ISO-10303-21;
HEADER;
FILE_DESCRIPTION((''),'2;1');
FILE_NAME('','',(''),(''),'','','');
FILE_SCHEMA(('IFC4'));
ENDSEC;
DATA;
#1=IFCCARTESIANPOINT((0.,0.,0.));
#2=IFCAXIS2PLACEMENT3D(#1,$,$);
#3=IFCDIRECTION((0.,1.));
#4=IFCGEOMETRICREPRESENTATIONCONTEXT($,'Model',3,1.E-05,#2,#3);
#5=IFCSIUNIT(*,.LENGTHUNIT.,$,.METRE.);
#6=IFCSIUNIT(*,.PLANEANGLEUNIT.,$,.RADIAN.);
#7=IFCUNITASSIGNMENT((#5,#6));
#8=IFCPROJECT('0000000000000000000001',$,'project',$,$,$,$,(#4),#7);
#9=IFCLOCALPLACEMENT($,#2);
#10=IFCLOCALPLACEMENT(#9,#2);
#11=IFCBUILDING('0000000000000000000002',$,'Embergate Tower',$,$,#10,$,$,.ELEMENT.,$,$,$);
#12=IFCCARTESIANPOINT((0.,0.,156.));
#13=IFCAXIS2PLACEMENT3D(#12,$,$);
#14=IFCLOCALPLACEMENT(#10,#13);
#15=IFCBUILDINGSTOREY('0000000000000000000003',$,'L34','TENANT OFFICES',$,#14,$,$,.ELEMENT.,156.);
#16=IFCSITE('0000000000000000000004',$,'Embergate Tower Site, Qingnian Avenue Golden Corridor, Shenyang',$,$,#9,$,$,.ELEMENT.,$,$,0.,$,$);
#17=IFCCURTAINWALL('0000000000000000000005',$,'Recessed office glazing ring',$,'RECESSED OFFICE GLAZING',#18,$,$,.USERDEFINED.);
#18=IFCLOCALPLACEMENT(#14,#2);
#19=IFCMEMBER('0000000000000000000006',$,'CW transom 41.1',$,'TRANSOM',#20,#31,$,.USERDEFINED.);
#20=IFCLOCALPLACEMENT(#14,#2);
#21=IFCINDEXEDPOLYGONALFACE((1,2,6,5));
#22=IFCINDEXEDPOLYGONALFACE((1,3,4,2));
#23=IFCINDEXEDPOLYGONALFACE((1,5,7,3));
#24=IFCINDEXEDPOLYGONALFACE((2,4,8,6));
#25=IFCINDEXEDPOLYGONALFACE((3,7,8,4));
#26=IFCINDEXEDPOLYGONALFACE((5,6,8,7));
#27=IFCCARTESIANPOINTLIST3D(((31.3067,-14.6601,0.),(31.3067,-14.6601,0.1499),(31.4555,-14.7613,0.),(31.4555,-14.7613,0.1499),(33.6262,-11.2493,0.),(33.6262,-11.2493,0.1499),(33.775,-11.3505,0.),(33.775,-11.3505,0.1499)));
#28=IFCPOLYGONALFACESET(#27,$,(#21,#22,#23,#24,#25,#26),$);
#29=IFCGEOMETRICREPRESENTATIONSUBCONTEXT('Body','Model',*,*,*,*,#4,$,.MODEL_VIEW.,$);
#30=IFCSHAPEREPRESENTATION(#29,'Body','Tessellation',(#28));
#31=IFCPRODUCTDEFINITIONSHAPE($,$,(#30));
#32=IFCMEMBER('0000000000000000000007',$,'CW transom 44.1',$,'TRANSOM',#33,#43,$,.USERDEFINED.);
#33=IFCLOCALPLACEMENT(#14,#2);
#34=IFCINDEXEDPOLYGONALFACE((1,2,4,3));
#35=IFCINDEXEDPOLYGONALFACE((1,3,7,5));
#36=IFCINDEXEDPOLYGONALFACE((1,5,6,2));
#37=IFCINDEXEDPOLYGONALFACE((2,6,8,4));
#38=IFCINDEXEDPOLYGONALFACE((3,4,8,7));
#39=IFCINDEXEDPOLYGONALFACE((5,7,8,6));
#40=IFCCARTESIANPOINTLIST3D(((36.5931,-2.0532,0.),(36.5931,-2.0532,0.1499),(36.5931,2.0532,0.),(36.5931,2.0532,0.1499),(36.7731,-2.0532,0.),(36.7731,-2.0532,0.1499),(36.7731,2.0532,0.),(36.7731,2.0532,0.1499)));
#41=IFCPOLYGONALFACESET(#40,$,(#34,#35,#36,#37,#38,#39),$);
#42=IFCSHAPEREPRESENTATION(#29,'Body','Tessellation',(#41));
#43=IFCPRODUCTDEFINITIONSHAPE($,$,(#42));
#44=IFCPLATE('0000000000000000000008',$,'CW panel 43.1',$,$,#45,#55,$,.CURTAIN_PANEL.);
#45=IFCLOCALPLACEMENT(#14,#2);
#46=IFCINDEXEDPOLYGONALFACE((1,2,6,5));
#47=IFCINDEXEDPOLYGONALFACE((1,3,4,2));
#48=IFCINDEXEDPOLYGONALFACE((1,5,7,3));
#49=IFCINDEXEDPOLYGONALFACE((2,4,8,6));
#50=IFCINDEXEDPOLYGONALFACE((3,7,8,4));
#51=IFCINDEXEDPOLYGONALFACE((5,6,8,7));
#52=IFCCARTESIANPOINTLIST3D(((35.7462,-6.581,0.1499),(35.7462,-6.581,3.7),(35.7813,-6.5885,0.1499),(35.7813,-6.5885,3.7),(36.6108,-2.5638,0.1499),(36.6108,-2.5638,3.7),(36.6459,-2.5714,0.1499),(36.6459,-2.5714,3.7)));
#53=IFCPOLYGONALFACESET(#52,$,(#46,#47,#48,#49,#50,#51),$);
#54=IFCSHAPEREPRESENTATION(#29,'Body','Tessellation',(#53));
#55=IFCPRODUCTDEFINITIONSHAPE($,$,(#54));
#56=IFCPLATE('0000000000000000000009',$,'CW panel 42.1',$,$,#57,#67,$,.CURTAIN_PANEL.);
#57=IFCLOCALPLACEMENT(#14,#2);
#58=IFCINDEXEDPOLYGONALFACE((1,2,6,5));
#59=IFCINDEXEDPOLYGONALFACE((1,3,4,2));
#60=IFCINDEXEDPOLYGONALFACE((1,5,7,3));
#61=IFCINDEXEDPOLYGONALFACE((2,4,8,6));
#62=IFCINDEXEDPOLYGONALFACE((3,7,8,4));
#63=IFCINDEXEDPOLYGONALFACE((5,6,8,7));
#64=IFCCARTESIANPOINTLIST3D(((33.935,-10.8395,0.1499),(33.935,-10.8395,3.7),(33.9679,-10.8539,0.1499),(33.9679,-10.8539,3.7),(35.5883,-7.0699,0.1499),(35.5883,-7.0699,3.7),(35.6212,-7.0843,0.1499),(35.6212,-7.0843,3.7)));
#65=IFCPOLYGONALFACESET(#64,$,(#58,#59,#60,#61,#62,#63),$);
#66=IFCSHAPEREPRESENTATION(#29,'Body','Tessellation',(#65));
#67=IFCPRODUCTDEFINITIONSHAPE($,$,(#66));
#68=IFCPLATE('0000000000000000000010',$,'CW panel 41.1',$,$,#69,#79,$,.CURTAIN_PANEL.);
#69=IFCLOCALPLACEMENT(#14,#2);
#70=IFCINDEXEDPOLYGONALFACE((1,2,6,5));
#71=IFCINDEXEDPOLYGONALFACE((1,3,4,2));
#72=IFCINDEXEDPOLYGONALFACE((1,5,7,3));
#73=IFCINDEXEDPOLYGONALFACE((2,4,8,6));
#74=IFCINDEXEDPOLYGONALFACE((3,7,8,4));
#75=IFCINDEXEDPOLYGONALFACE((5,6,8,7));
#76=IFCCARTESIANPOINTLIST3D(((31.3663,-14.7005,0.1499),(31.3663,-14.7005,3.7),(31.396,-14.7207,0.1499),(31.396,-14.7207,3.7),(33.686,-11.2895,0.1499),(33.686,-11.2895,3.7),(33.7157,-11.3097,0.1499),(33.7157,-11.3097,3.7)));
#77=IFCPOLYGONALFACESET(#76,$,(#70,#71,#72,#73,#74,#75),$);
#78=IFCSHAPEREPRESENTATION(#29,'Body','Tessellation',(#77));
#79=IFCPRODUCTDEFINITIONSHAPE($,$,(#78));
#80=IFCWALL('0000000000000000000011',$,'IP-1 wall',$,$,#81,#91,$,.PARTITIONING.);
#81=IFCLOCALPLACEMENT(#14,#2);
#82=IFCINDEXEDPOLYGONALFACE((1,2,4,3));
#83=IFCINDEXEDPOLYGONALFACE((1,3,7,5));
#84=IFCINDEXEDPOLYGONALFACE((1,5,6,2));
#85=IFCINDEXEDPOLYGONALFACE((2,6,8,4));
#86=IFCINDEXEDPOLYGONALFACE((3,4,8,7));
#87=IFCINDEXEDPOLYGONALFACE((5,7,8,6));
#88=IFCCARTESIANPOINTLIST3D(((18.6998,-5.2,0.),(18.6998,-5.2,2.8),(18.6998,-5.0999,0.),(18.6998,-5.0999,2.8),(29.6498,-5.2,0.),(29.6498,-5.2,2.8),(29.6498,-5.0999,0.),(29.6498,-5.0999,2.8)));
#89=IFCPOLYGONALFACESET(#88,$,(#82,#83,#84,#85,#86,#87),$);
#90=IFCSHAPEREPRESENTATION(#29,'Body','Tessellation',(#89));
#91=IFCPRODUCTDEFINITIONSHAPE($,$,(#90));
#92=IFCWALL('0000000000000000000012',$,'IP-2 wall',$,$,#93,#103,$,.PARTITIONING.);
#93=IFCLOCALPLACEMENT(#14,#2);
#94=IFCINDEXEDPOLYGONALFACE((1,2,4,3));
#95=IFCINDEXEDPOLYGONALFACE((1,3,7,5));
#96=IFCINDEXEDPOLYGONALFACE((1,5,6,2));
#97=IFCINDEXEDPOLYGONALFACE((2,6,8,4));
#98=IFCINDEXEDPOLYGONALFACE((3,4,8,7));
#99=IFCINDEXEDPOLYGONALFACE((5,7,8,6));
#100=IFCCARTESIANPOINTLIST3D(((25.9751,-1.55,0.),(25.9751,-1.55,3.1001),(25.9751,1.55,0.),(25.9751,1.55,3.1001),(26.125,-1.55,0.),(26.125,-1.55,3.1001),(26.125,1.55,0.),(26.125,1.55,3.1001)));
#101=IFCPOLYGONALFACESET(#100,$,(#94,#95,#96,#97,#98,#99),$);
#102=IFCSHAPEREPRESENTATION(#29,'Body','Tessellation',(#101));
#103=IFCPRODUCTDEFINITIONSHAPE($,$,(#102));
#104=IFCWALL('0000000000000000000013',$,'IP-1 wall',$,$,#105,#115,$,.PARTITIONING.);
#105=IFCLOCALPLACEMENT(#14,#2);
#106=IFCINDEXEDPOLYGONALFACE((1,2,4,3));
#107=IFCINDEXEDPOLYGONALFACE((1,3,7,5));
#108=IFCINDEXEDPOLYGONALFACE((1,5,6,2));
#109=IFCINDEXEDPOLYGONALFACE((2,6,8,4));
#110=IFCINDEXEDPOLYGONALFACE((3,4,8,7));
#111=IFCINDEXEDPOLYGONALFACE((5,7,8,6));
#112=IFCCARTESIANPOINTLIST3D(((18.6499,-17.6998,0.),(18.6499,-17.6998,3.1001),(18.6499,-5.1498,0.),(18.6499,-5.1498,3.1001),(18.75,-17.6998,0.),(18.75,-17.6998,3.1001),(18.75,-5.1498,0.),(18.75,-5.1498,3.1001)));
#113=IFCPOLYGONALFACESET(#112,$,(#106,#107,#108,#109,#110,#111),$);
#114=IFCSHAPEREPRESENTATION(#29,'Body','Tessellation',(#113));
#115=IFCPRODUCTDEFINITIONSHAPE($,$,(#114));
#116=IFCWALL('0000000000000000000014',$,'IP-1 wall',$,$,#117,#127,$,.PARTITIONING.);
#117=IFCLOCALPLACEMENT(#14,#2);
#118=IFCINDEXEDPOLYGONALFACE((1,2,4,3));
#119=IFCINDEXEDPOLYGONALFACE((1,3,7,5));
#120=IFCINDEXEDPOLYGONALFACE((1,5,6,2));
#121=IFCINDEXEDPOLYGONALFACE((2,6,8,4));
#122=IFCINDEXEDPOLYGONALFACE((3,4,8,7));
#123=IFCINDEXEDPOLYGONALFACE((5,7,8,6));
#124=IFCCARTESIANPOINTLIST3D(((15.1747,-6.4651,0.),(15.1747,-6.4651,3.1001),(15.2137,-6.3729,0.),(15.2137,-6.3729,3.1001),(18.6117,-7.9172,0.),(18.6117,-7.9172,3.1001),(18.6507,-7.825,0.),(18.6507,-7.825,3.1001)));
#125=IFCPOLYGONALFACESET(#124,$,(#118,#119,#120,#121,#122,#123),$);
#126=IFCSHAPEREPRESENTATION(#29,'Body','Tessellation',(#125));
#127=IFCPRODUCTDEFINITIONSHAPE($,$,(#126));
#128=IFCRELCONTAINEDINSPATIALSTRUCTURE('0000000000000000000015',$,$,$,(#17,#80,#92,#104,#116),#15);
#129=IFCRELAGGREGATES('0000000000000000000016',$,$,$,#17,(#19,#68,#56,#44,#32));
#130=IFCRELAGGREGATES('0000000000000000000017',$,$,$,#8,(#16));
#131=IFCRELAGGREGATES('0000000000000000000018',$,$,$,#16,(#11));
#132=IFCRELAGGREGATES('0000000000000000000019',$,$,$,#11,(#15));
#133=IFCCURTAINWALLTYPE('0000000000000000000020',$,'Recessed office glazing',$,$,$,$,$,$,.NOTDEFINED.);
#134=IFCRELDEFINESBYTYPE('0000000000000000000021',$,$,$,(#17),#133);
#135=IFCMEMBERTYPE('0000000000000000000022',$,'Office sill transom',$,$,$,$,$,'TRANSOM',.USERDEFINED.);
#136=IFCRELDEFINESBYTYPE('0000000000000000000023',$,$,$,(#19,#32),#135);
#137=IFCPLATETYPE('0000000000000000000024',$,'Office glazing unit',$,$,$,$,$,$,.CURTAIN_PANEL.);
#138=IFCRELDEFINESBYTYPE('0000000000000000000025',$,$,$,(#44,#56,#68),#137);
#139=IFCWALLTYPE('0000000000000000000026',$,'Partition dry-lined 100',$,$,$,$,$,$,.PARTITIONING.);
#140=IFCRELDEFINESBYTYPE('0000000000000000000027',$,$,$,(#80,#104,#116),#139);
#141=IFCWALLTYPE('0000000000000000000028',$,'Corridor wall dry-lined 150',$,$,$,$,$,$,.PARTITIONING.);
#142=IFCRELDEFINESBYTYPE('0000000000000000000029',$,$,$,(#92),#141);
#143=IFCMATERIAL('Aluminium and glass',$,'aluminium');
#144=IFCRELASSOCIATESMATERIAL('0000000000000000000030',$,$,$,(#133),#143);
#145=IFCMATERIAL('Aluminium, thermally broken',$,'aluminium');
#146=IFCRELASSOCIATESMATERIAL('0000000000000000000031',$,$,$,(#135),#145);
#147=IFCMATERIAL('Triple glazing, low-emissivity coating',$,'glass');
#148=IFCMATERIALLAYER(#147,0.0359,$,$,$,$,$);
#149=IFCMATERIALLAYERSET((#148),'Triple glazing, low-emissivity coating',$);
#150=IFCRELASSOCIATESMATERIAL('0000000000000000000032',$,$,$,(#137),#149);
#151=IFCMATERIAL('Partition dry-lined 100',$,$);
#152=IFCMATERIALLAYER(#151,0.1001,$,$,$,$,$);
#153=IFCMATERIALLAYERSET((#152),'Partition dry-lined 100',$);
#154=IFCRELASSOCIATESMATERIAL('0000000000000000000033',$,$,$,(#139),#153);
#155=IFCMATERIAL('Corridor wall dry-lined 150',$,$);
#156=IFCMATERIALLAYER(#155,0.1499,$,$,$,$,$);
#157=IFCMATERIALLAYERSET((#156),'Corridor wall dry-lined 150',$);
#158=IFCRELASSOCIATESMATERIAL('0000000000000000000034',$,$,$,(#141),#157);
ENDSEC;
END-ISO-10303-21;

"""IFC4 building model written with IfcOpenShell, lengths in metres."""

from ifc_helpers import new_model, si_unit, direction, frame, frame_2d, origin, origin_2d, place, context, subcontext, project, spatial, rectangle, extrude, source, transform, mapped, material, layer, layer_set, material_profile, profile_set, type_object, element, aggregate, save


model = new_model("IFC4")

# Units and contexts
model_context = context("Model", 3, precision=1e-05, world=origin(), true_north=direction((0.0, 1.0)))
body_context = subcontext(model_context, "Body", "Model", "MODEL_VIEW")
ifc_project = project(units=[si_unit("LENGTHUNIT", "METRE"), si_unit("PLANEANGLEUNIT", "RADIAN")], contexts=[model_context])

# Site, building, storey
site_placement = place(None, origin())
site = spatial("IfcSite", under=ifc_project, at=site_placement, Name="Embergate Tower Site, Qingnian Avenue Golden Corridor, Shenyang", CompositionType="ELEMENT", RefElevation=0.0)
building_placement = place(site_placement, origin())
building = spatial("IfcBuilding", under=site, at=building_placement, Name="Embergate Tower", CompositionType="ELEMENT")
storey_placement = place(building_placement, frame((0.0, 0.0, 156.0)))
storey = spatial("IfcBuildingStorey", under=building, at=storey_placement, Name="L34", Description="TENANT OFFICES", CompositionType="ELEMENT", Elevation=156.0)

# Curtain wall, members, plates
ifc_material_1 = material(Name="Aluminium and glass", Category="aluminium")
curtain_wall_type = type_object("IfcCurtainWallType", Name="Recessed office glazing", PredefinedType="NOTDEFINED", material=ifc_material_1)
curtain_wall_placement = place(storey_placement, origin())
curtain_wall = element("IfcCurtainWall", 1, at=curtain_wall_placement, inside=storey, type_object=curtain_wall_type, Name="Recessed office glazing ring", ObjectType="RECESSED OFFICE GLAZING", PredefinedType="USERDEFINED")
ifc_material_2 = material(Name="Aluminium, thermally broken", Category="aluminium")
ifc_material_profile_1 = material_profile(ifc_material_2, rectangle(XDim=0.1799, YDim=0.1499, at=origin_2d()), Name="AL 150x180")
ifc_profile_set_1 = profile_set([ifc_material_profile_1], Name="Aluminium, thermally broken")
member_type_1 = type_object("IfcMemberType", Name="Office sill transom", ElementType="TRANSOM", PredefinedType="USERDEFINED", material=ifc_profile_set_1)
shared_shape_1 = source(origin(), body_context, "Body", "SweptSolid", [
    extrude(rectangle(XDim=0.1799, YDim=0.1499, at=origin_2d()), origin(), (0.0, 0.0, 1.0), 4.1248),
])
member_1_placement = place(storey_placement, frame((31.3811, -14.7107, 0.075), z_axis=(0.562339, 0.826907, 0.0), x_axis=(-0.826907, 0.562339, 0.0)))
member_1 = element("IfcMember", 2, at=member_1_placement, type_object=member_type_1, Name="CW transom 41.1", ObjectType="TRANSOM", PredefinedType="USERDEFINED", context=body_context, shape_type="MappedRepresentation", body=[
    mapped(shared_shape_1, transform((0.0, 0.0, 0.0))),
])
shared_shape_2 = source(origin(), body_context, "Body", "SweptSolid", [
    extrude(rectangle(XDim=0.1799, YDim=0.1499, at=origin_2d()), origin(), (0.0, 0.0, 1.0), 4.1064),
])
member_2_placement = place(storey_placement, frame((36.6831, -2.0532, 0.075), z_axis=(0.0, 1.0, 0.0), x_axis=(-1.0, 0.0, 0.0)))
member_2 = element("IfcMember", 3, at=member_2_placement, type_object=member_type_1, Name="CW transom 44.1", ObjectType="TRANSOM", PredefinedType="USERDEFINED", context=body_context, shape_type="MappedRepresentation", body=[
    mapped(shared_shape_2, transform((0.0, 0.0, 0.0))),
])
ifc_material_3 = material(Name="Triple glazing, low-emissivity coating", Category="glass")
ifc_layer_1 = layer(ifc_material_3, 0.0359)
ifc_layer_set_1 = layer_set([ifc_layer_1], Name="Triple glazing, low-emissivity coating")
plate_type = type_object("IfcPlateType", Name="Office glazing unit", PredefinedType="CURTAIN_PANEL", material=ifc_layer_set_1)
shared_shape_3 = source(origin(), body_context, "Body", "SweptSolid", [
    extrude(rectangle(XDim=4.1091, YDim=0.0359, at=origin_2d()), origin(), (0.0, 0.0, 1.0), 3.55),
])
plate_1_placement = place(storey_placement, frame((36.196, -4.5762, 0.1499), z_axis=(0.0, 0.0, 1.0), x_axis=(0.210398, 0.977616, 0.0)))
plate_1 = element("IfcPlate", 4, at=plate_1_placement, type_object=plate_type, Name="CW panel 43.1", PredefinedType="CURTAIN_PANEL", context=body_context, shape_type="MappedRepresentation", body=[
    mapped(shared_shape_3, transform((0.0, 0.0, 0.0))),
])
shared_shape_4 = source(origin(), body_context, "Body", "SweptSolid", [
    extrude(rectangle(XDim=4.1162, YDim=0.0359, at=origin_2d()), origin(), (0.0, 0.0, 1.0), 3.55),
])
plate_2_placement = place(storey_placement, frame((34.7781, -8.9619, 0.1499), z_axis=(0.0, 0.0, 1.0), x_axis=(0.401652, 0.915792, 0.0)))
plate_2 = element("IfcPlate", 5, at=plate_2_placement, type_object=plate_type, Name="CW panel 42.1", PredefinedType="CURTAIN_PANEL", context=body_context, shape_type="MappedRepresentation", body=[
    mapped(shared_shape_4, transform((0.0, 0.0, 0.0))),
])
shared_shape_5 = source(origin(), body_context, "Body", "SweptSolid", [
    extrude(rectangle(XDim=4.125, YDim=0.0359, at=origin_2d()), origin(), (0.0, 0.0, 1.0), 3.55),
])
plate_3_placement = place(storey_placement, frame((32.541, -13.0051, 0.1499), z_axis=(0.0, 0.0, 1.0), x_axis=(0.562342, 0.826905, 0.0)))
plate_3 = element("IfcPlate", 6, at=plate_3_placement, type_object=plate_type, Name="CW panel 41.1", PredefinedType="CURTAIN_PANEL", context=body_context, shape_type="MappedRepresentation", body=[
    mapped(shared_shape_5, transform((0.0, 0.0, 0.0))),
])
aggregate(curtain_wall, [member_1, plate_3, plate_2, plate_1, member_2])

# Walls
ifc_material_4 = material(Name="Partition dry-lined 100")
ifc_layer_2 = layer(ifc_material_4, 0.1001)
ifc_layer_set_2 = layer_set([ifc_layer_2], Name="Partition dry-lined 100")
wall_type_1 = type_object("IfcWallType", Name="Partition dry-lined 100", PredefinedType="PARTITIONING", material=ifc_layer_set_2)
shared_shape_6 = source(origin(), body_context, "Body", "SweptSolid", [
    extrude(rectangle(XDim=10.95, YDim=0.1001, at=frame_2d((5.4751, 0.0))), origin(), (0.0, 0.0, 1.0), 2.8),
])
wall_1_placement = place(storey_placement, frame((29.6499, -5.1499, 0.0), z_axis=(0.0, 0.0, 1.0), x_axis=(-1.0, 0.0, 0.0)))
element("IfcWall", 7, at=wall_1_placement, inside=storey, type_object=wall_type_1, Name="IP-1 wall", PredefinedType="PARTITIONING", context=body_context, shape_type="MappedRepresentation", body=[
    mapped(shared_shape_6, transform((0.0, 0.0, 0.0))),
])
ifc_material_5 = material(Name="Corridor wall dry-lined 150")
ifc_layer_3 = layer(ifc_material_5, 0.1499)
ifc_layer_set_3 = layer_set([ifc_layer_3], Name="Corridor wall dry-lined 150")
wall_type_2 = type_object("IfcWallType", Name="Corridor wall dry-lined 150", PredefinedType="PARTITIONING", material=ifc_layer_set_3)
shared_shape_7 = source(origin(), body_context, "Body", "SweptSolid", [
    extrude(rectangle(XDim=3.1001, YDim=0.1499, at=frame_2d((1.55, 0.0))), origin(), (0.0, 0.0, 1.0), 3.1001),
])
wall_2_placement = place(storey_placement, frame((26.05, -1.55, 0.0), z_axis=(0.0, 0.0, 1.0), x_axis=(0.0, 1.0, 0.0)))
element("IfcWall", 8, at=wall_2_placement, inside=storey, type_object=wall_type_2, Name="IP-2 wall", PredefinedType="PARTITIONING", context=body_context, shape_type="MappedRepresentation", body=[
    mapped(shared_shape_7, transform((0.0, 0.0, 0.0))),
])
shared_shape_8 = source(origin(), body_context, "Body", "SweptSolid", [
    extrude(rectangle(XDim=12.55, YDim=0.1001, at=frame_2d((6.2749, 0.0))), origin(), (0.0, 0.0, 1.0), 3.1001),
])
wall_3_placement = place(storey_placement, frame((18.7, -5.1499, 0.0), z_axis=(0.0, 0.0, 1.0), x_axis=(0.0, -1.0, 0.0)))
element("IfcWall", 9, at=wall_3_placement, inside=storey, type_object=wall_type_1, Name="IP-1 wall", PredefinedType="PARTITIONING", context=body_context, shape_type="MappedRepresentation", body=[
    mapped(shared_shape_8, transform((0.0, 0.0, 0.0))),
])
shared_shape_9 = source(origin(), body_context, "Body", "SweptSolid", [
    extrude(rectangle(XDim=3.7312, YDim=0.1001, at=frame_2d((1.8657, 0.0))), origin(), (0.0, 0.0, 1.0), 3.1001),
])
wall_4_placement = place(storey_placement, frame((15.1941, -6.4189, 0.0), z_axis=(0.0, 0.0, 1.0), x_axis=(0.921157, -0.389192, 0.0)))
element("IfcWall", 10, at=wall_4_placement, inside=storey, type_object=wall_type_1, Name="IP-1 wall", PredefinedType="PARTITIONING", context=body_context, shape_type="MappedRepresentation", body=[
    mapped(shared_shape_9, transform((0.0, 0.0, 0.0))),
])

save(model, "model.ifc")
